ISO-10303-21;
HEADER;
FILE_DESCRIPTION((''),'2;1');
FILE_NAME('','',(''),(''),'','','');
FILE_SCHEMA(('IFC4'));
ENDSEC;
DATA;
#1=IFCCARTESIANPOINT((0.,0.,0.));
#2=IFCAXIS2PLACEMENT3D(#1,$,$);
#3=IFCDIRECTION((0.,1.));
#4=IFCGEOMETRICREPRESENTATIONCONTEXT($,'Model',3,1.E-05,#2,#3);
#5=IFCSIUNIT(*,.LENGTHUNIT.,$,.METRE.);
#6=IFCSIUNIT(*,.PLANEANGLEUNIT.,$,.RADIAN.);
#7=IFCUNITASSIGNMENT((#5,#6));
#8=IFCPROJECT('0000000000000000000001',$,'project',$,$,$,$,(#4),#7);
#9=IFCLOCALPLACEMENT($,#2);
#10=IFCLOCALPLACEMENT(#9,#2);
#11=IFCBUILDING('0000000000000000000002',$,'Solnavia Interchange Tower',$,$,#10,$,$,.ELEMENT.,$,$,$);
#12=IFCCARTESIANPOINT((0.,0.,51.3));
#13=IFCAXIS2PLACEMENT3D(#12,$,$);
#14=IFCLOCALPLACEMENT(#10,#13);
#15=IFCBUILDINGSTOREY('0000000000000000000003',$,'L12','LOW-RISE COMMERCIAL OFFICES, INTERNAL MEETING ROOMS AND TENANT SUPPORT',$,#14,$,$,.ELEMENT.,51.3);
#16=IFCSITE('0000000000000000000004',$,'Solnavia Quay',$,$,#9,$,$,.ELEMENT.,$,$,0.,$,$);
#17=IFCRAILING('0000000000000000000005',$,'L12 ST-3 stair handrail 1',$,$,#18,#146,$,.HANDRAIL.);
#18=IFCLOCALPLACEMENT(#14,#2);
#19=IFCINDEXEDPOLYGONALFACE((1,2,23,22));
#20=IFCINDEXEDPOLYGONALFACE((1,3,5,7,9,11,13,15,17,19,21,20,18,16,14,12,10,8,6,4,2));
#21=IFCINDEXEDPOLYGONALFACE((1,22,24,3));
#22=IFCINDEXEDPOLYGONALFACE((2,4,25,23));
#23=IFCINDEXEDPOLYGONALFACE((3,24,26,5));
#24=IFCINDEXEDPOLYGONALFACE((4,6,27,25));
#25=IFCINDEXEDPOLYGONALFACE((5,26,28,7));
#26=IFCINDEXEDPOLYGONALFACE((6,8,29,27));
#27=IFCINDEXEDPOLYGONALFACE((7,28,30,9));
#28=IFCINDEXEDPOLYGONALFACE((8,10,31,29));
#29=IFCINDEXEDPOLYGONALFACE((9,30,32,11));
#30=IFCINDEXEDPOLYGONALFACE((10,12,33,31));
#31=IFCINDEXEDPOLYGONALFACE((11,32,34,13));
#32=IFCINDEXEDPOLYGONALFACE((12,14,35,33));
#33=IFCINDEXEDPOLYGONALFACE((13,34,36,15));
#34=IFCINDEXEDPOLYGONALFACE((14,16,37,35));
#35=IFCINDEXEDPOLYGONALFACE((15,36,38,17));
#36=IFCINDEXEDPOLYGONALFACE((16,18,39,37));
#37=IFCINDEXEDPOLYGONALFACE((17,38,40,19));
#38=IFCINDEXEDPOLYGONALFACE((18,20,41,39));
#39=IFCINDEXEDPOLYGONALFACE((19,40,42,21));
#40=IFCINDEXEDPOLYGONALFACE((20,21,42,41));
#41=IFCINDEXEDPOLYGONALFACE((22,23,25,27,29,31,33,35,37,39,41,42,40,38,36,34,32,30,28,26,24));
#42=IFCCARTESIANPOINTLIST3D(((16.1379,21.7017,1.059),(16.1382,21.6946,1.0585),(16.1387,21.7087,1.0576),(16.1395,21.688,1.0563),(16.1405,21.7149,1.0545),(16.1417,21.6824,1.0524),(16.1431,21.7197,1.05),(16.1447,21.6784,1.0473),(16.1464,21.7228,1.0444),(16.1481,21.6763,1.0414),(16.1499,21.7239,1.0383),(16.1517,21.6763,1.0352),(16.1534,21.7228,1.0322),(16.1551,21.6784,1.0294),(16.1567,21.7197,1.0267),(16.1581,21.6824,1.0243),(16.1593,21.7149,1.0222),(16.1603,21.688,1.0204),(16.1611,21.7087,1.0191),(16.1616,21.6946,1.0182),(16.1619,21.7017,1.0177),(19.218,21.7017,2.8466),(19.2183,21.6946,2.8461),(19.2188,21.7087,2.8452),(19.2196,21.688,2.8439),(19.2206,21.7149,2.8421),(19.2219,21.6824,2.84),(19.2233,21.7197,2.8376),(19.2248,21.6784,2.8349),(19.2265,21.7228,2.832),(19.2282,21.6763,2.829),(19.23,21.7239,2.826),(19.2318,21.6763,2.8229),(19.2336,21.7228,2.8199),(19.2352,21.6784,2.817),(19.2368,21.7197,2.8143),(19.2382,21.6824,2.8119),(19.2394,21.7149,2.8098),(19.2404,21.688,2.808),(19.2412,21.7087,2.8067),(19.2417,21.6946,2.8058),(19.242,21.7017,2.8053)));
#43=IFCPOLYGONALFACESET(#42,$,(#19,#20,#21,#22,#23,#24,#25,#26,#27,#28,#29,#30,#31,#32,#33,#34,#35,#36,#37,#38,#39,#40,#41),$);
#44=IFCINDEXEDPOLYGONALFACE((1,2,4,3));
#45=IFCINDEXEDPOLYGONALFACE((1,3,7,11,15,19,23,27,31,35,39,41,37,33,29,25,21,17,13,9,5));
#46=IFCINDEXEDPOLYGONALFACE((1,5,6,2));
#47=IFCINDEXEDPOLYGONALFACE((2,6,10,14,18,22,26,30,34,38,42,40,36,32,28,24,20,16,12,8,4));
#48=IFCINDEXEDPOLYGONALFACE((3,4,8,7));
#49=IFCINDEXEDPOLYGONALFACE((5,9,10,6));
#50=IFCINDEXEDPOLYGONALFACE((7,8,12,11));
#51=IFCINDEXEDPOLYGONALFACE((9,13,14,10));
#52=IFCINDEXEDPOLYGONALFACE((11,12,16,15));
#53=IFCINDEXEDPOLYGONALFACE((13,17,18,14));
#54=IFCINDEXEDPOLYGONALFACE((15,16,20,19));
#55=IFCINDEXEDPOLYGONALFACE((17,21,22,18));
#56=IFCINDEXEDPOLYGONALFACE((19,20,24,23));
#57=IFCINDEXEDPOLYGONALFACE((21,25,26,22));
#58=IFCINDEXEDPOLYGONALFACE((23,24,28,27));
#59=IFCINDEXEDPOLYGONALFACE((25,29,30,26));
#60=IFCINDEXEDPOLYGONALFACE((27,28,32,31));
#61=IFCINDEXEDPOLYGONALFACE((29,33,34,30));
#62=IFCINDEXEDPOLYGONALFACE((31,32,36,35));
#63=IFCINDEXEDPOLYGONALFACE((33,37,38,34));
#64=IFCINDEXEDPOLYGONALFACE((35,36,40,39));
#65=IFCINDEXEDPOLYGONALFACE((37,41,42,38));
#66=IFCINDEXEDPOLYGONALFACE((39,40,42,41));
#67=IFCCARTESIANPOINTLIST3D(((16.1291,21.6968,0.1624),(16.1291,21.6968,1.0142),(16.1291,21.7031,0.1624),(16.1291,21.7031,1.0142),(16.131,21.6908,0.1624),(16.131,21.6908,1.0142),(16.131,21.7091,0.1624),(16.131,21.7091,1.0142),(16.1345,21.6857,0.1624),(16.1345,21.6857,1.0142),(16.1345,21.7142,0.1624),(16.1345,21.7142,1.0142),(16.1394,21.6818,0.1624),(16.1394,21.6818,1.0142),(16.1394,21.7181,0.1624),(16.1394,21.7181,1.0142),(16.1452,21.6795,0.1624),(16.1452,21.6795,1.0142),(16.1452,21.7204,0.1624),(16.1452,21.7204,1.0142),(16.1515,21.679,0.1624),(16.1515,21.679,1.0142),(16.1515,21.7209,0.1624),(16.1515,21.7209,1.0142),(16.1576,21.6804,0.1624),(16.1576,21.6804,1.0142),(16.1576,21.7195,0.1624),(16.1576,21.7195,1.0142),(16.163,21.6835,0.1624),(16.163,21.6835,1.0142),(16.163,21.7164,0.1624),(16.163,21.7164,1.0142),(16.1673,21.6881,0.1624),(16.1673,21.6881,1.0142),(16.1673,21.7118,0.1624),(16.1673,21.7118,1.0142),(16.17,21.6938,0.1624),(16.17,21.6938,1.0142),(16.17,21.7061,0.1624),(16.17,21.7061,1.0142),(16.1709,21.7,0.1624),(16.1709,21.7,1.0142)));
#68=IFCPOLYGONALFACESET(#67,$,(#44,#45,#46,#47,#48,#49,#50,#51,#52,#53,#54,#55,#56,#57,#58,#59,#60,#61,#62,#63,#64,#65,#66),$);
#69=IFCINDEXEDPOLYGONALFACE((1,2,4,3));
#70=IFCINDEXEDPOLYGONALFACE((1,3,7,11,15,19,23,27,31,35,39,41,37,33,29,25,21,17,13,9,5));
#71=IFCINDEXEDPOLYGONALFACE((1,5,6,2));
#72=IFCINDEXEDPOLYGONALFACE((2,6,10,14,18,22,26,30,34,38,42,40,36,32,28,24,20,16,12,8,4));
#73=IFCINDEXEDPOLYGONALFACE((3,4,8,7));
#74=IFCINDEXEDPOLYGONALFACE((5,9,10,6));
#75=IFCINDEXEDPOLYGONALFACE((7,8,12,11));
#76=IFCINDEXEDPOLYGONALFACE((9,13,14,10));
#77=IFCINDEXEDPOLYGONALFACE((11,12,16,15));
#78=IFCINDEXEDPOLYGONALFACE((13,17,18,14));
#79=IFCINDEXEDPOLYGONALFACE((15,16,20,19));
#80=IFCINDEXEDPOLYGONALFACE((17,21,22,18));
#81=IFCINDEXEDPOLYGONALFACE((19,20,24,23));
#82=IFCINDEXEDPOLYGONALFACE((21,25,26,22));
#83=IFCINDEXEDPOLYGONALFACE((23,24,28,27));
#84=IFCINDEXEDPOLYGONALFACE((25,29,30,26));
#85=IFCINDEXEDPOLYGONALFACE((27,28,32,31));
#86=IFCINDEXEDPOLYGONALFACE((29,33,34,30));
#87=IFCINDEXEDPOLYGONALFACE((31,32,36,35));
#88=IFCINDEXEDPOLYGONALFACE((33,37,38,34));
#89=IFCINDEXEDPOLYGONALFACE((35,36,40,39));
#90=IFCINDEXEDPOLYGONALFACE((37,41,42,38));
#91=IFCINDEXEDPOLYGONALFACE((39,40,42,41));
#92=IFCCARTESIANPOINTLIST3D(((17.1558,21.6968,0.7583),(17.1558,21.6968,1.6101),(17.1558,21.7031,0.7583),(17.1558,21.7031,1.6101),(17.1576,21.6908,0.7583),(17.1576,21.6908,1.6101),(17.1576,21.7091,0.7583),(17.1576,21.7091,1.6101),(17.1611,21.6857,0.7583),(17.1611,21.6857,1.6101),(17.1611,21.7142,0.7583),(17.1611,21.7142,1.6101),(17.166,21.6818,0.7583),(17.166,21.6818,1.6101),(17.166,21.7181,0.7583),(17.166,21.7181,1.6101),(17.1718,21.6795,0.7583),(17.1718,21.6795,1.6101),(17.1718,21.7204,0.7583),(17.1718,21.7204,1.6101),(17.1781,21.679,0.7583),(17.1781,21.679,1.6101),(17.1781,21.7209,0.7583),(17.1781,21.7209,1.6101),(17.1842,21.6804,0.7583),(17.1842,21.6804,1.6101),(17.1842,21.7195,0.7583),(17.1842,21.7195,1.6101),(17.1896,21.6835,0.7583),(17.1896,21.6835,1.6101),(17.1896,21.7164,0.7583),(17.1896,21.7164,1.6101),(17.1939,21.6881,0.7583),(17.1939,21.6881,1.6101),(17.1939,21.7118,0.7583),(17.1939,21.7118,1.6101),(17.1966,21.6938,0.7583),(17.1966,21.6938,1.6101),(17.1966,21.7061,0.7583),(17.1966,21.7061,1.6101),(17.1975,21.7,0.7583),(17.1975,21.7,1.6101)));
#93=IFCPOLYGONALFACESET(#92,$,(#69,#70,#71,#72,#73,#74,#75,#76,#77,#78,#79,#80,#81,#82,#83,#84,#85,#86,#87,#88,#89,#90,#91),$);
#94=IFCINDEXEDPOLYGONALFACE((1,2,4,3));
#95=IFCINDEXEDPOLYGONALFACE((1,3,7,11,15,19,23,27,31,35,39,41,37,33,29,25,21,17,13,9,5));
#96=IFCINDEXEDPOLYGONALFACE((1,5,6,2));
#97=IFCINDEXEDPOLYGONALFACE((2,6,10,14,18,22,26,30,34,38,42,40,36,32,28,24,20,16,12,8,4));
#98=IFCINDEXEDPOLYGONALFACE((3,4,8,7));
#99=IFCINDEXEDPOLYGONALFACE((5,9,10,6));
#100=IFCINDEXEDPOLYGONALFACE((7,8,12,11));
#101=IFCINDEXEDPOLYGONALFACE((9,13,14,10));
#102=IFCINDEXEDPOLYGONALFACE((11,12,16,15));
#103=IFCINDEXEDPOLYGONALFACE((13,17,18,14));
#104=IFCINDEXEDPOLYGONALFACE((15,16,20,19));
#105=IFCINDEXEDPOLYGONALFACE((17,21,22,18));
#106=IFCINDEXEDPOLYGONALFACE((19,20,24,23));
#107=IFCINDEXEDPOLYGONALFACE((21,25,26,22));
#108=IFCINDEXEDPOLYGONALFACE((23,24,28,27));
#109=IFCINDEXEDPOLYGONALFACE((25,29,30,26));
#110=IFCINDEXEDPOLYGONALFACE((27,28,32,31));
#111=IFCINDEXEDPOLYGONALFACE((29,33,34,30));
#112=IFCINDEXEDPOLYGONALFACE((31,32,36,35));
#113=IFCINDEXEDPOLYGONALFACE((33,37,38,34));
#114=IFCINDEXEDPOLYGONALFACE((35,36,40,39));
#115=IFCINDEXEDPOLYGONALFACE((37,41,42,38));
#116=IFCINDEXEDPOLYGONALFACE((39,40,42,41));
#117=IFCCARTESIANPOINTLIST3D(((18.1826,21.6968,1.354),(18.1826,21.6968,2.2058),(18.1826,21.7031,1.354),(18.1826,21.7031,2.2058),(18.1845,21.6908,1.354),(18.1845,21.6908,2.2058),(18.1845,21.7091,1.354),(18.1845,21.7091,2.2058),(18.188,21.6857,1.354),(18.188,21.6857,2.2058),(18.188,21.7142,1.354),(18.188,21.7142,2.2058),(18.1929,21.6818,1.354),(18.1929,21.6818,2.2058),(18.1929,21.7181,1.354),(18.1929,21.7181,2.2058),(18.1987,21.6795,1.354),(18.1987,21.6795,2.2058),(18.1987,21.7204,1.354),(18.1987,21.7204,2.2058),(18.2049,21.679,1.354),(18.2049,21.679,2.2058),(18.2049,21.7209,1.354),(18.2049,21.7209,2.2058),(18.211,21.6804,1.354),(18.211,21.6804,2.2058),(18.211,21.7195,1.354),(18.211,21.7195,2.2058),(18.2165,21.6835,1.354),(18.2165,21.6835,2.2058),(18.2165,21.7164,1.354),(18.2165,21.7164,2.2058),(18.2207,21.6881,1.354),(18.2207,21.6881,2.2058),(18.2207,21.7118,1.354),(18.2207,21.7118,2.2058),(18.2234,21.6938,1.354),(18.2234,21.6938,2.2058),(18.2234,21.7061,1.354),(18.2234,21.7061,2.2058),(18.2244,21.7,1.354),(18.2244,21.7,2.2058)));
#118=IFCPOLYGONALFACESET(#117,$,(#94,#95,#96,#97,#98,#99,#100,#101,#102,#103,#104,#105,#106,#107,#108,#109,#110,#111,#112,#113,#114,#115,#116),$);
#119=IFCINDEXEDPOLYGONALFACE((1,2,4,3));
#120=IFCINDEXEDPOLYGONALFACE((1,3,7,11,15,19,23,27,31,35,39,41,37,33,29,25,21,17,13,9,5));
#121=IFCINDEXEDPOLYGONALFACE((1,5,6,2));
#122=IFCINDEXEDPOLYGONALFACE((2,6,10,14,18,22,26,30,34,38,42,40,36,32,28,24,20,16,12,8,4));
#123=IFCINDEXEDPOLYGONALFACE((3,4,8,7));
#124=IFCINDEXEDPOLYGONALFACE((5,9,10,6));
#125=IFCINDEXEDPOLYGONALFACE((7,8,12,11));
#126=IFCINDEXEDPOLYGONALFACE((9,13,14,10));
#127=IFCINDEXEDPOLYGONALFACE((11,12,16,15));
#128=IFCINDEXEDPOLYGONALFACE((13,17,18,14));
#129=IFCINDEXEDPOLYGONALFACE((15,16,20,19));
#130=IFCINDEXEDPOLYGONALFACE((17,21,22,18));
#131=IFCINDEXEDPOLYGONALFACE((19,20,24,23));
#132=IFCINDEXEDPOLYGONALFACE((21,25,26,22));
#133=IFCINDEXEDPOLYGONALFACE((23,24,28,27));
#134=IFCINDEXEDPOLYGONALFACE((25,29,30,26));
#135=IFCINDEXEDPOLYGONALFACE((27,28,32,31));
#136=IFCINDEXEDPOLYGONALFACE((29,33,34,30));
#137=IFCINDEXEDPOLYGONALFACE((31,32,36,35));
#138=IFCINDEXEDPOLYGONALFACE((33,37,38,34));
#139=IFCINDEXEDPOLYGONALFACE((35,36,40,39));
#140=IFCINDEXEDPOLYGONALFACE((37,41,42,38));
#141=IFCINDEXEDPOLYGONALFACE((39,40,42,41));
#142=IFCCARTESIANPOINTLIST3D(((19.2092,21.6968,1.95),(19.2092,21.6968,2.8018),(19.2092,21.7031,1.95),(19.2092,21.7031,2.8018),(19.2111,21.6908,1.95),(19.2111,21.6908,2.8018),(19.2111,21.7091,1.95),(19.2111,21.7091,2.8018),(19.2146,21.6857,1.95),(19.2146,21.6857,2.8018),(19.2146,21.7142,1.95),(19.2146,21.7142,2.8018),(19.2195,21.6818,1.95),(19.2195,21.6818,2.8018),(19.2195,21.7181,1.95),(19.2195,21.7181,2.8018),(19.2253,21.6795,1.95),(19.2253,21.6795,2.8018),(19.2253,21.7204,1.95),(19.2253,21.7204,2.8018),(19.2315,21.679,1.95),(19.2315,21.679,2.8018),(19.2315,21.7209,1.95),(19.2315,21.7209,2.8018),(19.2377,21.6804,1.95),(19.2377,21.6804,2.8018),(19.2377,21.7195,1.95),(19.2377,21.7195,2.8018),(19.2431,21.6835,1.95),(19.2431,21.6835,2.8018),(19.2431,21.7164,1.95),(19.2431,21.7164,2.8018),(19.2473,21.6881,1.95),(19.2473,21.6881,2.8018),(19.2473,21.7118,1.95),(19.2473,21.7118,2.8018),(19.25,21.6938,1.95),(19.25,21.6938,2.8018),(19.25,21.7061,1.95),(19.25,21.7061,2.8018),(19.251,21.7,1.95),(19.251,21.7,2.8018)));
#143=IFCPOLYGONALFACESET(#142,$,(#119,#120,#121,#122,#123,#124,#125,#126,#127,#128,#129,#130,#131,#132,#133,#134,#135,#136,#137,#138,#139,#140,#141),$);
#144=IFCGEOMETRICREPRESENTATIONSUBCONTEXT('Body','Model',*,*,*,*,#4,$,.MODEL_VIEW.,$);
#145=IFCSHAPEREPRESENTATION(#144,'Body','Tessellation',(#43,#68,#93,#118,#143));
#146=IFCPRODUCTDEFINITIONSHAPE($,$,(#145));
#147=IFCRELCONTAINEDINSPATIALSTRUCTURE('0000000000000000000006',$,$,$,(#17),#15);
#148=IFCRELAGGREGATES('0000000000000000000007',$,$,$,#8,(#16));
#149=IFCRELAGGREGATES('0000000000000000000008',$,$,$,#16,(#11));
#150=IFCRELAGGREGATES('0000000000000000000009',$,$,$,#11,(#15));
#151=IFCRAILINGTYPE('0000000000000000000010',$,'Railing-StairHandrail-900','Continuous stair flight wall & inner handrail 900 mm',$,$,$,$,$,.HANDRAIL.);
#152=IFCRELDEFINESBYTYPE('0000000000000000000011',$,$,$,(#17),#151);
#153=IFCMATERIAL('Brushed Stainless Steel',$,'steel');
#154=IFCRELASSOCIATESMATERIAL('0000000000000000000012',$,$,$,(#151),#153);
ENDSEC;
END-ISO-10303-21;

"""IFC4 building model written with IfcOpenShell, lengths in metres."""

from ifc_helpers import new_model, si_unit, direction, frame, origin, origin_2d, place, context, subcontext, project, spatial, circle, extrude, material, type_object, element, save


model = new_model("IFC4")

# Units and contexts
model_context = context("Model", 3, precision=1e-05, world=origin(), true_north=direction((0.0, 1.0)))
body_context = subcontext(model_context, "Body", "Model", "MODEL_VIEW")
ifc_project = project(units=[si_unit("LENGTHUNIT", "METRE"), si_unit("PLANEANGLEUNIT", "RADIAN")], contexts=[model_context])

# Site, building, storey
site_placement = place(None, origin())
site = spatial("IfcSite", under=ifc_project, at=site_placement, Name="Solnavia Quay", CompositionType="ELEMENT", RefElevation=0.0)
building_placement = place(site_placement, origin())
building = spatial("IfcBuilding", under=site, at=building_placement, Name="Solnavia Interchange Tower", CompositionType="ELEMENT")
storey_placement = place(building_placement, frame((0.0, 0.0, 51.3)))
storey = spatial("IfcBuildingStorey", under=building, at=storey_placement, Name="L12", Description="LOW-RISE COMMERCIAL OFFICES, INTERNAL MEETING ROOMS AND TENANT SUPPORT", CompositionType="ELEMENT", Elevation=51.3)

# Railing
ifc_material_1 = material(Name="Brushed Stainless Steel", Category="steel")
railing_type_1 = type_object("IfcRailingType", Name="Railing-StairHandrail-900", Description="Continuous stair flight wall & inner handrail 900 mm", PredefinedType="HANDRAIL", material=ifc_material_1)
railing_1_placement = place(storey_placement, frame((16.1499, 21.7, 0.1624)))
element("IfcRailing", 1, at=railing_1_placement, inside=storey, type_object=railing_type_1, Name="L12 ST-3 stair handrail 1", PredefinedType="HANDRAIL", context=body_context, shape_type="SweptSolid", body=[
    extrude(circle(Radius=0.0239, at=origin_2d()), frame((0.0, 0.0, 0.876), z_axis=(0.864891, 0.0, 0.50196), x_axis=(0.0, 1.0, 0.0)), (0.0, 0.0, 1.0), 3.5613),
    extrude(circle(Radius=0.021, at=origin_2d()), origin(), (0.0, 0.0, 1.0), 0.8518),
    extrude(circle(Radius=0.021, at=origin_2d()), frame((1.0266, 0.0, 0.5959)), (0.0, 0.0, 1.0), 0.8518),
    extrude(circle(Radius=0.021, at=origin_2d()), frame((2.0535, 0.0, 1.1917)), (0.0, 0.0, 1.0), 0.8518),
    extrude(circle(Radius=0.021, at=origin_2d()), frame((3.0801, 0.0, 1.7876)), (0.0, 0.0, 1.0), 0.8518),
])

save(model, "model.ifc")
